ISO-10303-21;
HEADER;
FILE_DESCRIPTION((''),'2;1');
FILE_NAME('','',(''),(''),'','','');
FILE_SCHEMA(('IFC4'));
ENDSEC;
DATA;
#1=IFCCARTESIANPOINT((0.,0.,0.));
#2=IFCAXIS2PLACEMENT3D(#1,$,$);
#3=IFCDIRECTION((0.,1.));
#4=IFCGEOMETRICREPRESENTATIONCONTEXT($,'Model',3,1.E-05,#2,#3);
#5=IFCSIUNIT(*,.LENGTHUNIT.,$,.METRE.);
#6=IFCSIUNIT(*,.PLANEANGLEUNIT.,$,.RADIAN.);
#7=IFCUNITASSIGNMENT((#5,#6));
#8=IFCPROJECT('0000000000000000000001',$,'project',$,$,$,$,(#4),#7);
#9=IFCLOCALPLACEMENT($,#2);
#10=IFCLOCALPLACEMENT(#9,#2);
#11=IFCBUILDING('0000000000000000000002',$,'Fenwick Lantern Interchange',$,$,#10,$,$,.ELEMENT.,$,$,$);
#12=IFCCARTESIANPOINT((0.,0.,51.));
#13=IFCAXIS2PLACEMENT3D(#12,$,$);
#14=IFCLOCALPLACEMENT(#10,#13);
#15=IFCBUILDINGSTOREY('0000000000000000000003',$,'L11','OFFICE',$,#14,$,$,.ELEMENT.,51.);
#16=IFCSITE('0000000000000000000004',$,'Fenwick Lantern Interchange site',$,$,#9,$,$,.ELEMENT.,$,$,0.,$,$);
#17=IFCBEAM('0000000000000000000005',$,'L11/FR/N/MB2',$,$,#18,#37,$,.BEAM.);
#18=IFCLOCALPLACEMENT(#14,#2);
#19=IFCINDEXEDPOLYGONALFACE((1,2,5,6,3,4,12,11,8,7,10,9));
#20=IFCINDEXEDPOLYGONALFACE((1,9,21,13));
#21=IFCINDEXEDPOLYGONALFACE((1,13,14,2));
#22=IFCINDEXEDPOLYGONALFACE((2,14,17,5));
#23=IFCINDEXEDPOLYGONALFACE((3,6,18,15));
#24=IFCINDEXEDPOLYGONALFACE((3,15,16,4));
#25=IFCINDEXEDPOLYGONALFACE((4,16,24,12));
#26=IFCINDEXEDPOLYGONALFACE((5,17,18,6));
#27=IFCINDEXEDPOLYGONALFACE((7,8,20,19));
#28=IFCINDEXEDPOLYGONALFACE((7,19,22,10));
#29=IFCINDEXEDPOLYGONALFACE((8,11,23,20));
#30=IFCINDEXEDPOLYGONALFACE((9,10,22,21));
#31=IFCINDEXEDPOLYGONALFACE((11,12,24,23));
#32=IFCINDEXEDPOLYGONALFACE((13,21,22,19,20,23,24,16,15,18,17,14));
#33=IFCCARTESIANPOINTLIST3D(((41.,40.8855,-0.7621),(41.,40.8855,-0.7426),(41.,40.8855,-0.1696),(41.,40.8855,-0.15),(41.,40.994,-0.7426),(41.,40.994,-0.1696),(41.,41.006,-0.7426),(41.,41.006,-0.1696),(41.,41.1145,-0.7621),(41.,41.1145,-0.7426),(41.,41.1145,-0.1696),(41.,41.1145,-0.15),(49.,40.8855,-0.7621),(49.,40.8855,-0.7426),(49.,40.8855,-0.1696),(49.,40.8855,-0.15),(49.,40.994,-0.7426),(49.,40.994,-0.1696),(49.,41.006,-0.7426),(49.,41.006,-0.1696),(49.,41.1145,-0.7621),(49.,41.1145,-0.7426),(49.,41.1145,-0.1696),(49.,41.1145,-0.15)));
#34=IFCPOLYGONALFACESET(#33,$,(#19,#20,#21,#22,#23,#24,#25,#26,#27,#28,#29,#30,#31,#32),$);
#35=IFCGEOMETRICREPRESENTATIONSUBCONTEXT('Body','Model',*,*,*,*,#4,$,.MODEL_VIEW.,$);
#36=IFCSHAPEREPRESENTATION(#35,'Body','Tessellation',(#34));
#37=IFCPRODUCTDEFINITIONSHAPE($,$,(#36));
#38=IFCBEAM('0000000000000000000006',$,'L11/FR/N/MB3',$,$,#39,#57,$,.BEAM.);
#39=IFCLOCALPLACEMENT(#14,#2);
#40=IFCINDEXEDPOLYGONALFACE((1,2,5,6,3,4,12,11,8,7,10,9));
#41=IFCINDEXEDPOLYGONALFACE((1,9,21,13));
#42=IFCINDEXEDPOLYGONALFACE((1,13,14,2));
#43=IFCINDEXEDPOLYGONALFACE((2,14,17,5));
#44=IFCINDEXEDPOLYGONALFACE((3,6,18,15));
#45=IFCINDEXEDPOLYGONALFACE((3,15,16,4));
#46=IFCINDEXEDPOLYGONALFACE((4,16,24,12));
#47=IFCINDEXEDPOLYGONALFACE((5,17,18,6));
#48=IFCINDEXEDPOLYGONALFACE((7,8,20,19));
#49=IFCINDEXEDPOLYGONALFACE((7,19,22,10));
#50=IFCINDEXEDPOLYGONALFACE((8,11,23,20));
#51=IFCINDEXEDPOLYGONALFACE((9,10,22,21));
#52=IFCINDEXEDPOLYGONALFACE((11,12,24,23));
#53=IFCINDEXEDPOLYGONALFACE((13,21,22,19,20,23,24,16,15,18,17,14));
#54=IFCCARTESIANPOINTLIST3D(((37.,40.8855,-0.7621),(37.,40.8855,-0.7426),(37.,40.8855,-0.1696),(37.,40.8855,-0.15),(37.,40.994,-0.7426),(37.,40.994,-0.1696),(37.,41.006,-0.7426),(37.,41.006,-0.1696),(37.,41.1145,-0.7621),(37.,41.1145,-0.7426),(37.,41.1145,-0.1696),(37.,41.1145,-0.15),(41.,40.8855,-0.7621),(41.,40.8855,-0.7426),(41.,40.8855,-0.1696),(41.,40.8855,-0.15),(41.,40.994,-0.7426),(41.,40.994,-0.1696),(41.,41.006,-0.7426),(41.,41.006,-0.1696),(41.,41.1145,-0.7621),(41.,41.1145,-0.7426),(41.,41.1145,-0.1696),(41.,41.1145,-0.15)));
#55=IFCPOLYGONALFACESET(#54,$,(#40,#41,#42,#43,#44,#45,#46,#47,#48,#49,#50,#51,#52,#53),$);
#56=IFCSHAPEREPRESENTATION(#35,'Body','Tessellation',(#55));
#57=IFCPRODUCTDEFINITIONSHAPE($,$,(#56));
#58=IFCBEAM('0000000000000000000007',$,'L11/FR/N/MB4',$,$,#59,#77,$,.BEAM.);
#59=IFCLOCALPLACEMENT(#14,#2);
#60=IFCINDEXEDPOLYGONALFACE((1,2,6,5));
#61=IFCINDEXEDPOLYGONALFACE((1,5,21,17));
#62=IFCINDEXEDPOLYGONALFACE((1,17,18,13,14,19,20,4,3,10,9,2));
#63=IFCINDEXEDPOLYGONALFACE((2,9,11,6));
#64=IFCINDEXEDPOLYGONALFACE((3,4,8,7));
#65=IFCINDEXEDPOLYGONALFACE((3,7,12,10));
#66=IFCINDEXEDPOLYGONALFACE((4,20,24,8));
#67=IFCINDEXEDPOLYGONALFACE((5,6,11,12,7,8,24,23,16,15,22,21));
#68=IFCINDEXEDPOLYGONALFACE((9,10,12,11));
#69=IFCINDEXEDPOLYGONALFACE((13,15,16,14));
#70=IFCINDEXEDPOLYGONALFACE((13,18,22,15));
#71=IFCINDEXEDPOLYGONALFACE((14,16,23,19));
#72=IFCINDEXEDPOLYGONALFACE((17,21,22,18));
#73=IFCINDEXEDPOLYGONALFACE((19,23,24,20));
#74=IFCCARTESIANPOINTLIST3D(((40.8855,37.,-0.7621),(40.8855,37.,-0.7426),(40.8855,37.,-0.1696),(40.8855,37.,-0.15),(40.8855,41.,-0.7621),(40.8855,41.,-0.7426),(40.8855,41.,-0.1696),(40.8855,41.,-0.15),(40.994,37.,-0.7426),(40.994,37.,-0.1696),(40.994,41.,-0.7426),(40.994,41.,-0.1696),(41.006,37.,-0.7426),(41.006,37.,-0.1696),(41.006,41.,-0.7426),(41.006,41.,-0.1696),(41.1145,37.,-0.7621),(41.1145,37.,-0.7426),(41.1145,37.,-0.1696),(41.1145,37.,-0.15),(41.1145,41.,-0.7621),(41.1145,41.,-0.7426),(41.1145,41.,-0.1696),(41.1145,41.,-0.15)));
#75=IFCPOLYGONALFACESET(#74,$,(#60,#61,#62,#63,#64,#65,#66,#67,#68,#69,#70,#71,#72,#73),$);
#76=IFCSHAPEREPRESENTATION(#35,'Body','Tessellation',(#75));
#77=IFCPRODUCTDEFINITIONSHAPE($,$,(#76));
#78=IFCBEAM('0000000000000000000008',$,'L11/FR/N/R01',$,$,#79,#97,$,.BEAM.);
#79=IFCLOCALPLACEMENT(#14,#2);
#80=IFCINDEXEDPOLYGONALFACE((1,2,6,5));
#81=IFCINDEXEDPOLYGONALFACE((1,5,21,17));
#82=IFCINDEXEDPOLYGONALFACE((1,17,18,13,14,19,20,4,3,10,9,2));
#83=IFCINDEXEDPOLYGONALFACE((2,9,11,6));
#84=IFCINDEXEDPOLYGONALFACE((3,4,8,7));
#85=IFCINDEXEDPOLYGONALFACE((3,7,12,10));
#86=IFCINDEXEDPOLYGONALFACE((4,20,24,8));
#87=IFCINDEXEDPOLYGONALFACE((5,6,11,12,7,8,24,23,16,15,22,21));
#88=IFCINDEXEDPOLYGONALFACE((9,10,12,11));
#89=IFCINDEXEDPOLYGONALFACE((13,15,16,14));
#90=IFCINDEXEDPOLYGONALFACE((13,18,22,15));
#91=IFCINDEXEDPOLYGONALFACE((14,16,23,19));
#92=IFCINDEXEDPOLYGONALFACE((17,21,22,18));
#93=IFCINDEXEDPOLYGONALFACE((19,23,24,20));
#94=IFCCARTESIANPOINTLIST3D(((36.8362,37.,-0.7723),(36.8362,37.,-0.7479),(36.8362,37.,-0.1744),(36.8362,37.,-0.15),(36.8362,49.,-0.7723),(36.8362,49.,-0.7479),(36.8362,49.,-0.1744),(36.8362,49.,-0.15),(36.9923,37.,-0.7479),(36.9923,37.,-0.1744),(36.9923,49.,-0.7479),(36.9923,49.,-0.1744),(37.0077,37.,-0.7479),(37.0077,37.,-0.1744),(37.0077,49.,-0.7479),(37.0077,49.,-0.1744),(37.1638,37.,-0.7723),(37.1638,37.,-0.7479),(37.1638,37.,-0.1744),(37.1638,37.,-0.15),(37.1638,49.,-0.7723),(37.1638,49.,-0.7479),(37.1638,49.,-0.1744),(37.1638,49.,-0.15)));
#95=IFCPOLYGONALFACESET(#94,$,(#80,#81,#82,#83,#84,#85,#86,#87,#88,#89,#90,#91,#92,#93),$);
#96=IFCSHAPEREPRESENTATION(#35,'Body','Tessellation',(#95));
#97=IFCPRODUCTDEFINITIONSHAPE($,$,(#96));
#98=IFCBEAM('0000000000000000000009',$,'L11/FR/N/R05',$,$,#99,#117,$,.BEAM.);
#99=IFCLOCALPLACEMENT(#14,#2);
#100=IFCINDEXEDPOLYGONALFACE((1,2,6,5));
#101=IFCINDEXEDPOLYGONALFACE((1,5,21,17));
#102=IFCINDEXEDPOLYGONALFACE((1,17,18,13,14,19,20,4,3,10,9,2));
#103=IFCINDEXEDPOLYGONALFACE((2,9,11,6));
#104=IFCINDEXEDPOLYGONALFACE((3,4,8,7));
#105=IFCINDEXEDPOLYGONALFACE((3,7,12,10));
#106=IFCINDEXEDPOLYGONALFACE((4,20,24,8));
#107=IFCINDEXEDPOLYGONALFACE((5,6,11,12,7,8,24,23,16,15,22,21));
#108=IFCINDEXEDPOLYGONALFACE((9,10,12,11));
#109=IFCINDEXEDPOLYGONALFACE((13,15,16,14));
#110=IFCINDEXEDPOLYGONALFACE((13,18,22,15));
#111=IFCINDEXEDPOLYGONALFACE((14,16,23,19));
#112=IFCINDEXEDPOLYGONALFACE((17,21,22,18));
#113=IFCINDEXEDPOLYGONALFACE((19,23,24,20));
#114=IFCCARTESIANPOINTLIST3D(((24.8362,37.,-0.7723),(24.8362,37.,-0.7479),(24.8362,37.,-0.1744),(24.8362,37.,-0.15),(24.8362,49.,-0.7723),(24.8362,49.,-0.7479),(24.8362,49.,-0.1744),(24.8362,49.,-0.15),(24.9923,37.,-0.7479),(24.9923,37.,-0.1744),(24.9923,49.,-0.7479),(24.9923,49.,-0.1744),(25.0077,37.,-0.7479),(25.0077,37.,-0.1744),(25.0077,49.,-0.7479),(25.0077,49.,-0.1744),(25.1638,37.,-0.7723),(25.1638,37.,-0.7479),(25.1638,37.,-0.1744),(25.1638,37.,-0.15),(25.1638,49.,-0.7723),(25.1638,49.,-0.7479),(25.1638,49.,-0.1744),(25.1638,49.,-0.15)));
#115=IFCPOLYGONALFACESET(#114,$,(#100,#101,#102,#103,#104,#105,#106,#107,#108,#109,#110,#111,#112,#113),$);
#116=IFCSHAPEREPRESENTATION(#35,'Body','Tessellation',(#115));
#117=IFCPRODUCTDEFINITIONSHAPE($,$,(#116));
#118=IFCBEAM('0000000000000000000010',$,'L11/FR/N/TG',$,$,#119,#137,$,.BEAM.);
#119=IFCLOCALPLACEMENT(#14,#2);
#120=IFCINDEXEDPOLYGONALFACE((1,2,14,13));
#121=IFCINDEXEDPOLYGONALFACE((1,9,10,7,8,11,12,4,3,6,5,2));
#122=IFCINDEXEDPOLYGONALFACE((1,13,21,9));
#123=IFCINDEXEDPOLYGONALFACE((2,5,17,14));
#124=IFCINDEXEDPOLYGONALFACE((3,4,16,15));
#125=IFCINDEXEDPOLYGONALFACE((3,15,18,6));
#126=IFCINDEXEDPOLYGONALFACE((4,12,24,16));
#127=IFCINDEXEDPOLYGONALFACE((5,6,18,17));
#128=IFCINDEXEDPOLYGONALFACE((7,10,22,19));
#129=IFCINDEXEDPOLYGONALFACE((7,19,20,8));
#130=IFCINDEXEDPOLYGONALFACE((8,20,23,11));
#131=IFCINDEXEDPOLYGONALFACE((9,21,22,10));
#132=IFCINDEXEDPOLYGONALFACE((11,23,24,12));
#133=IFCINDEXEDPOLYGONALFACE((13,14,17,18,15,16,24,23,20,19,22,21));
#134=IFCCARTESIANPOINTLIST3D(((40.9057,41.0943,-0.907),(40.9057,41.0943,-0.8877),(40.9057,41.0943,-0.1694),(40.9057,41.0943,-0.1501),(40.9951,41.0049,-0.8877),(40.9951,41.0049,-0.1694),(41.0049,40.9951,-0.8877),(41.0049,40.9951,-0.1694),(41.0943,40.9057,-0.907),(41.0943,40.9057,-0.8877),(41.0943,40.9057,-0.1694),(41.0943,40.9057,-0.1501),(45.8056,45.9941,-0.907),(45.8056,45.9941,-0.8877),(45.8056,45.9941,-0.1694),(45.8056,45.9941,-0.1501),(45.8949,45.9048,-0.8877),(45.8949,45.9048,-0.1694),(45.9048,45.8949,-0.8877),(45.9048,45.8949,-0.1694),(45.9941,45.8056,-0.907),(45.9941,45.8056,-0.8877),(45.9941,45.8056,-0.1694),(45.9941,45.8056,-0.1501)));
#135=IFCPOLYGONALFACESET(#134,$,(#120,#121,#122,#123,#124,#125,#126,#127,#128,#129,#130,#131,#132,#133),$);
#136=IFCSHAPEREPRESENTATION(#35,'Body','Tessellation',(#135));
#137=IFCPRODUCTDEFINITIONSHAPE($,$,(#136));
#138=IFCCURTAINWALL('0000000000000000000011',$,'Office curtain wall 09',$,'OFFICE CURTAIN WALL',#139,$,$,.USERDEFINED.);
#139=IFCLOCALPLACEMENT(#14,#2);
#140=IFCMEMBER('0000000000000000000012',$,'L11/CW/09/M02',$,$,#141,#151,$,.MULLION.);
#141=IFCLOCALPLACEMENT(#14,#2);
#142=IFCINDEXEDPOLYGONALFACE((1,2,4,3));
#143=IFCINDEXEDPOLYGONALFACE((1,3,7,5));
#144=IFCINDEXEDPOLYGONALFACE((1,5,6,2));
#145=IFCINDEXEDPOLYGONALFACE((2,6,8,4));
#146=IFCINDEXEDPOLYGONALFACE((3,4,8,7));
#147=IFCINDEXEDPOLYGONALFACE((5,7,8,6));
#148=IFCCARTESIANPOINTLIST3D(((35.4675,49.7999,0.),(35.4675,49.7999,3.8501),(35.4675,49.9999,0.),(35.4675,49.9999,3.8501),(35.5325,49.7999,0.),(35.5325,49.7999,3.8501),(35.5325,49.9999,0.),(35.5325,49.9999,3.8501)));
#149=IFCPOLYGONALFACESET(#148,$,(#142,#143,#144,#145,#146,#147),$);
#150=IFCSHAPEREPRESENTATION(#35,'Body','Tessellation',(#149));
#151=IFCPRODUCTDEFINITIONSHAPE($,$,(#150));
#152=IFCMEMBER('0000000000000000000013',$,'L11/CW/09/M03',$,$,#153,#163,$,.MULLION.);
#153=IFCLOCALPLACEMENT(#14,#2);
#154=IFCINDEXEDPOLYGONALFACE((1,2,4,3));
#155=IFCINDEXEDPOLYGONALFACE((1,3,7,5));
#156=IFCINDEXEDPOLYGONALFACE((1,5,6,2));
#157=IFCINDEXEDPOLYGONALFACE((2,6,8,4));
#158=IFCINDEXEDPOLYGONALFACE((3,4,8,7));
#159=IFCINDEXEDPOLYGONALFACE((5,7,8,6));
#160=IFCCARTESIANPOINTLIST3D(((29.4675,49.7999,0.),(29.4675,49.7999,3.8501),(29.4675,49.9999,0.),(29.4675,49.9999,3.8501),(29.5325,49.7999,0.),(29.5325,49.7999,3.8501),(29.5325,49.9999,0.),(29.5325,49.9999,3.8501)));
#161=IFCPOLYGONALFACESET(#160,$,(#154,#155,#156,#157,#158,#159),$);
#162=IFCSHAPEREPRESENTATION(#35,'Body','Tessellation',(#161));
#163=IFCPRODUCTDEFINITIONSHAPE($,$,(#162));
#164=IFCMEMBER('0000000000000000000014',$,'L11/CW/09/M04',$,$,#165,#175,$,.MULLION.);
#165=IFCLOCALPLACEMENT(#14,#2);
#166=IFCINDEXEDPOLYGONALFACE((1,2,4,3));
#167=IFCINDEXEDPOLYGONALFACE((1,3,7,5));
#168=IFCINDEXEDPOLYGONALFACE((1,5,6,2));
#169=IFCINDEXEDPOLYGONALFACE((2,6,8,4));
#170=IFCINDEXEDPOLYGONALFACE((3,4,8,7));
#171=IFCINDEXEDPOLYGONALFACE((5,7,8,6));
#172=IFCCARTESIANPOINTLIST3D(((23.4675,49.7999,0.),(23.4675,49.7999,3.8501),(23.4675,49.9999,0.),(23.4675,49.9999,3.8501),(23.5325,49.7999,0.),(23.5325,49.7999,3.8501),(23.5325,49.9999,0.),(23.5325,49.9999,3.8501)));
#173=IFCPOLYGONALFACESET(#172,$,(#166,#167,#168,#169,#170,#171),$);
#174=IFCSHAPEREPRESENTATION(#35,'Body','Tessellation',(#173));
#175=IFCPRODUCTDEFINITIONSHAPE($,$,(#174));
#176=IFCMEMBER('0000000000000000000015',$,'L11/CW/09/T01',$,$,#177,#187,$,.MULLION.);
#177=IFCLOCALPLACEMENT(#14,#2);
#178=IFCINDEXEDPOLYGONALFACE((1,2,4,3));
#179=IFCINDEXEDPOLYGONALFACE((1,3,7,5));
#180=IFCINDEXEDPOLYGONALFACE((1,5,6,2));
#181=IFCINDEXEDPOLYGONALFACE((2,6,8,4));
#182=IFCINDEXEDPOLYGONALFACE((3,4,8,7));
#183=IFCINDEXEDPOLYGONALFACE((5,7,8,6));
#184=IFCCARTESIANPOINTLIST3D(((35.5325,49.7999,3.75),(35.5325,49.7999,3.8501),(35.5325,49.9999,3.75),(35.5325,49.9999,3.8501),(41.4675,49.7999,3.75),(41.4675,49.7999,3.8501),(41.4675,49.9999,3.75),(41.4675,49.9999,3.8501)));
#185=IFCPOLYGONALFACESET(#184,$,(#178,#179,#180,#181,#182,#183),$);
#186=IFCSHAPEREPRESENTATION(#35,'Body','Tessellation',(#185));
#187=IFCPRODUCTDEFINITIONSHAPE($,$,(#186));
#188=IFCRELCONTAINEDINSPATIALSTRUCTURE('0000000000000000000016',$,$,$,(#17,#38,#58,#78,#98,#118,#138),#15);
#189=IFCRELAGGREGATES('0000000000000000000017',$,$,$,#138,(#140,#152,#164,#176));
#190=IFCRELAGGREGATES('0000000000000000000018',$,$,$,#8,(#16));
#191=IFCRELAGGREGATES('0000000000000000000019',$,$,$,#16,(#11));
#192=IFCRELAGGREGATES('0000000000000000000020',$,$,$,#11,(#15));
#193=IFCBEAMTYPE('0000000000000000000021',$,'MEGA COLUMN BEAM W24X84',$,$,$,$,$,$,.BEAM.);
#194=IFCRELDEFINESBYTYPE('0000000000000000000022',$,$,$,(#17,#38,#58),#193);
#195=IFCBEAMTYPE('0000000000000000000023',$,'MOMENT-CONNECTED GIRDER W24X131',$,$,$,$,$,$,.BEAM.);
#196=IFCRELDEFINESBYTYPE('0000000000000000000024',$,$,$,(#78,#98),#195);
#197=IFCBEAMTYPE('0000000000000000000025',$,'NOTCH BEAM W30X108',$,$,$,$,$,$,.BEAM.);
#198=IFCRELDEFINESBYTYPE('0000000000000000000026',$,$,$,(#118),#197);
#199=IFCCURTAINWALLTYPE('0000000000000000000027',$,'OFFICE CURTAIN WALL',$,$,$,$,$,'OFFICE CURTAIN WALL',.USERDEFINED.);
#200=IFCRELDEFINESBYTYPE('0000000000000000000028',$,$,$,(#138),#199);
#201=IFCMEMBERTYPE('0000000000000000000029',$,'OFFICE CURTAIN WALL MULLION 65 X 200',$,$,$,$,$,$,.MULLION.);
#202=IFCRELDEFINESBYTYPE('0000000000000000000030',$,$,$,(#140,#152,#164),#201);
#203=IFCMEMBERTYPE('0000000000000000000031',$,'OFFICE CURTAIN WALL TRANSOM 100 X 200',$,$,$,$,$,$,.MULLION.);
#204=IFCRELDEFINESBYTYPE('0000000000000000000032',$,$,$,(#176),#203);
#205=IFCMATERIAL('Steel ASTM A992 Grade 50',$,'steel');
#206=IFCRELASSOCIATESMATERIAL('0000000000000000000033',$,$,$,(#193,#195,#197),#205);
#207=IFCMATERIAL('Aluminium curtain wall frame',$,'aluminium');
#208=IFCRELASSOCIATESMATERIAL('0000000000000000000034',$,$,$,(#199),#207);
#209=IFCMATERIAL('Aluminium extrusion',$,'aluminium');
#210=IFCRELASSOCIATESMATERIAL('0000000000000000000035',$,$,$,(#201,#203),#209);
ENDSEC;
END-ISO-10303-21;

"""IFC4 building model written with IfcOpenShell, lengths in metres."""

from ifc_helpers import new_model, si_unit, direction, frame, origin, origin_2d, place, context, subcontext, project, spatial, rectangle, i_section, extrude, material, material_profile, profile_set, type_object, element, aggregate, save


model = new_model("IFC4")

# Units and contexts
model_context = context("Model", 3, precision=1e-05, world=origin(), true_north=direction((0.0, 1.0)))
body_context = subcontext(model_context, "Body", "Model", "MODEL_VIEW")
ifc_project = project(units=[si_unit("LENGTHUNIT", "METRE"), si_unit("PLANEANGLEUNIT", "RADIAN")], contexts=[model_context])

# Site, building, storey
site_placement = place(None, origin())
site = spatial("IfcSite", under=ifc_project, at=site_placement, Name="Fenwick Lantern Interchange site", CompositionType="ELEMENT", RefElevation=0.0)
building_placement = place(site_placement, origin())
building = spatial("IfcBuilding", under=site, at=building_placement, Name="Fenwick Lantern Interchange", CompositionType="ELEMENT")
storey_placement = place(building_placement, frame((0.0, 0.0, 51.0)))
storey = spatial("IfcBuildingStorey", under=building, at=storey_placement, Name="L11", Description="OFFICE", CompositionType="ELEMENT", Elevation=51.0)

# Beams
ifc_material_1 = material(Name="Steel ASTM A992 Grade 50", Category="steel")
ifc_material_profile_1 = material_profile(ifc_material_1, i_section(OverallWidth=0.229, OverallDepth=0.6121, WebThickness=0.012, FlangeThickness=0.0195, at=origin_2d()), Name="W24X84")
ifc_profile_set_1 = profile_set([ifc_material_profile_1], Name="Steel ASTM A992 Grade 50")
beam_type_1 = type_object("IfcBeamType", Name="MEGA COLUMN BEAM W24X84", PredefinedType="BEAM", material=ifc_profile_set_1)
beam_1_placement = place(storey_placement, frame((41.0, 41.0, -0.4561), z_axis=(1.0, 0.0, 0.0), x_axis=(0.0, 1.0, 0.0)))
element("IfcBeam", 1, at=beam_1_placement, inside=storey, type_object=beam_type_1, Name="L11/FR/N/MB2", PredefinedType="BEAM", context=body_context, shape_type="SweptSolid", body=[
    extrude(i_section(OverallWidth=0.229, OverallDepth=0.6121, WebThickness=0.012, FlangeThickness=0.0195, at=origin_2d()), origin(), (0.0, 0.0, 1.0), 8.0),
])
for number, where, z_axis, x_axis, name in (
    (2, (41.0, 41.0, -0.4561), (-1.0, 0.0, 0.0), (0.0, -1.0, 0.0), "L11/FR/N/MB3"),
    (3, (41.0, 41.0, -0.4561), (0.0, -1.0, 0.0), (1.0, 0.0, 0.0), "L11/FR/N/MB4"),
):
    element("IfcBeam", number, at=place(storey_placement, frame(where, z_axis=z_axis, x_axis=x_axis)), inside=storey, type_object=beam_type_1, Name=name, PredefinedType="BEAM", context=body_context, shape_type="SweptSolid", body=[
        extrude(i_section(OverallWidth=0.229, OverallDepth=0.6121, WebThickness=0.012, FlangeThickness=0.0195, at=origin_2d()), origin(), (0.0, 0.0, 1.0), 4.0),
    ])
ifc_material_profile_2 = material_profile(ifc_material_1, i_section(OverallWidth=0.3276, OverallDepth=0.6223, WebThickness=0.0154, FlangeThickness=0.0244, at=origin_2d()), Name="W24X131")
ifc_profile_set_2 = profile_set([ifc_material_profile_2], Name="Steel ASTM A992 Grade 50")
beam_type_2 = type_object("IfcBeamType", Name="MOMENT-CONNECTED GIRDER W24X131", PredefinedType="BEAM", material=ifc_profile_set_2)
for number, where, z_axis, x_axis, name in (
    (4, (37.0, 49.0, -0.4612), (0.0, -1.0, 0.0), (1.0, 0.0, 0.0), "L11/FR/N/R01"),
    (5, (25.0, 49.0, -0.4612), (0.0, -1.0, 0.0), (1.0, 0.0, 0.0), "L11/FR/N/R05"),
):
    element("IfcBeam", number, at=place(storey_placement, frame(where, z_axis=z_axis, x_axis=x_axis)), inside=storey, type_object=beam_type_2, Name=name, PredefinedType="BEAM", context=body_context, shape_type="SweptSolid", body=[
        extrude(i_section(OverallWidth=0.3276, OverallDepth=0.6223, WebThickness=0.0154, FlangeThickness=0.0244, at=origin_2d()), origin(), (0.0, 0.0, 1.0), 12.0),
    ])
ifc_material_profile_3 = material_profile(ifc_material_1, i_section(OverallWidth=0.2666, OverallDepth=0.7568, WebThickness=0.0139, FlangeThickness=0.0193, at=origin_2d()), Name="W30X108")
ifc_profile_set_3 = profile_set([ifc_material_profile_3], Name="Steel ASTM A992 Grade 50")
beam_type_3 = type_object("IfcBeamType", Name="NOTCH BEAM W30X108", PredefinedType="BEAM", material=ifc_profile_set_3)
beam_2_placement = place(storey_placement, frame((41.0, 41.0, -0.5286), z_axis=(0.707107, 0.707107, 0.0), x_axis=(-0.707107, 0.707107, 0.0)))
element("IfcBeam", 6, at=beam_2_placement, inside=storey, type_object=beam_type_3, Name="L11/FR/N/TG", PredefinedType="BEAM", context=body_context, shape_type="SweptSolid", body=[
    extrude(i_section(OverallWidth=0.2666, OverallDepth=0.7568, WebThickness=0.0139, FlangeThickness=0.0193, at=origin_2d()), origin(), (0.0, 0.0, 1.0), 6.9294),
])

# Curtain wall, members
ifc_material_2 = material(Name="Aluminium curtain wall frame", Category="aluminium")
curtain_wall_type = type_object("IfcCurtainWallType", Name="OFFICE CURTAIN WALL", ElementType="OFFICE CURTAIN WALL", PredefinedType="USERDEFINED", material=ifc_material_2)
curtain_wall_placement = place(storey_placement, origin())
curtain_wall = element("IfcCurtainWall", 7, at=curtain_wall_placement, inside=storey, type_object=curtain_wall_type, Name="Office curtain wall 09", ObjectType="OFFICE CURTAIN WALL", PredefinedType="USERDEFINED")
ifc_material_3 = material(Name="Aluminium extrusion", Category="aluminium")
ifc_material_profile_4 = material_profile(ifc_material_3, rectangle(XDim=0.2, YDim=0.0649, at=origin_2d()), Name="OFFICE CURTAIN WALL MULLION 65 X 200")
ifc_profile_set_4 = profile_set([ifc_material_profile_4], Name="Aluminium extrusion")
member_type_1 = type_object("IfcMemberType", Name="OFFICE CURTAIN WALL MULLION 65 X 200", PredefinedType="MULLION", material=ifc_profile_set_4)
member_1_placement = place(storey_placement, frame((35.5, 49.8999, 0.0), z_axis=(0.0, 0.0, 1.0), x_axis=(0.0, -1.0, 0.0)))
member_1 = element("IfcMember", 8, at=member_1_placement, type_object=member_type_1, Name="L11/CW/09/M02", PredefinedType="MULLION", context=body_context, shape_type="SweptSolid", body=[
    extrude(rectangle(XDim=0.2, YDim=0.0649, at=origin_2d()), origin(), (0.0, 0.0, 1.0), 3.8501),
])
member_2_placement = place(storey_placement, frame((29.5, 49.8999, 0.0), z_axis=(0.0, 0.0, 1.0), x_axis=(0.0, -1.0, 0.0)))
member_2 = element("IfcMember", 9, at=member_2_placement, type_object=member_type_1, Name="L11/CW/09/M03", PredefinedType="MULLION", context=body_context, shape_type="SweptSolid", body=[
    extrude(rectangle(XDim=0.2, YDim=0.0649, at=origin_2d()), origin(), (0.0, 0.0, 1.0), 3.8501),
])
member_3_placement = place(storey_placement, frame((23.5, 49.8999, 0.0), z_axis=(0.0, 0.0, 1.0), x_axis=(0.0, -1.0, 0.0)))
member_3 = element("IfcMember", 10, at=member_3_placement, type_object=member_type_1, Name="L11/CW/09/M04", PredefinedType="MULLION", context=body_context, shape_type="SweptSolid", body=[
    extrude(rectangle(XDim=0.2, YDim=0.0649, at=origin_2d()), origin(), (0.0, 0.0, 1.0), 3.8501),
])
ifc_material_profile_5 = material_profile(ifc_material_3, rectangle(XDim=0.2, YDim=0.1001, at=origin_2d()), Name="OFFICE CURTAIN WALL TRANSOM 100 X 200")
ifc_profile_set_5 = profile_set([ifc_material_profile_5], Name="Aluminium extrusion")
member_type_2 = type_object("IfcMemberType", Name="OFFICE CURTAIN WALL TRANSOM 100 X 200", PredefinedType="MULLION", material=ifc_profile_set_5)
member_4_placement = place(storey_placement, frame((41.4675, 49.8999, 3.8), z_axis=(-1.0, 0.0, 0.0), x_axis=(0.0, -1.0, 0.0)))
member_4 = element("IfcMember", 11, at=member_4_placement, type_object=member_type_2, Name="L11/CW/09/T01", PredefinedType="MULLION", context=body_context, shape_type="SweptSolid", body=[
    extrude(rectangle(XDim=0.2, YDim=0.1001, at=origin_2d()), origin(), (0.0, 0.0, 1.0), 5.9351),
])
aggregate(curtain_wall, [member_1, member_2, member_3, member_4])

save(model, "model.ifc")
